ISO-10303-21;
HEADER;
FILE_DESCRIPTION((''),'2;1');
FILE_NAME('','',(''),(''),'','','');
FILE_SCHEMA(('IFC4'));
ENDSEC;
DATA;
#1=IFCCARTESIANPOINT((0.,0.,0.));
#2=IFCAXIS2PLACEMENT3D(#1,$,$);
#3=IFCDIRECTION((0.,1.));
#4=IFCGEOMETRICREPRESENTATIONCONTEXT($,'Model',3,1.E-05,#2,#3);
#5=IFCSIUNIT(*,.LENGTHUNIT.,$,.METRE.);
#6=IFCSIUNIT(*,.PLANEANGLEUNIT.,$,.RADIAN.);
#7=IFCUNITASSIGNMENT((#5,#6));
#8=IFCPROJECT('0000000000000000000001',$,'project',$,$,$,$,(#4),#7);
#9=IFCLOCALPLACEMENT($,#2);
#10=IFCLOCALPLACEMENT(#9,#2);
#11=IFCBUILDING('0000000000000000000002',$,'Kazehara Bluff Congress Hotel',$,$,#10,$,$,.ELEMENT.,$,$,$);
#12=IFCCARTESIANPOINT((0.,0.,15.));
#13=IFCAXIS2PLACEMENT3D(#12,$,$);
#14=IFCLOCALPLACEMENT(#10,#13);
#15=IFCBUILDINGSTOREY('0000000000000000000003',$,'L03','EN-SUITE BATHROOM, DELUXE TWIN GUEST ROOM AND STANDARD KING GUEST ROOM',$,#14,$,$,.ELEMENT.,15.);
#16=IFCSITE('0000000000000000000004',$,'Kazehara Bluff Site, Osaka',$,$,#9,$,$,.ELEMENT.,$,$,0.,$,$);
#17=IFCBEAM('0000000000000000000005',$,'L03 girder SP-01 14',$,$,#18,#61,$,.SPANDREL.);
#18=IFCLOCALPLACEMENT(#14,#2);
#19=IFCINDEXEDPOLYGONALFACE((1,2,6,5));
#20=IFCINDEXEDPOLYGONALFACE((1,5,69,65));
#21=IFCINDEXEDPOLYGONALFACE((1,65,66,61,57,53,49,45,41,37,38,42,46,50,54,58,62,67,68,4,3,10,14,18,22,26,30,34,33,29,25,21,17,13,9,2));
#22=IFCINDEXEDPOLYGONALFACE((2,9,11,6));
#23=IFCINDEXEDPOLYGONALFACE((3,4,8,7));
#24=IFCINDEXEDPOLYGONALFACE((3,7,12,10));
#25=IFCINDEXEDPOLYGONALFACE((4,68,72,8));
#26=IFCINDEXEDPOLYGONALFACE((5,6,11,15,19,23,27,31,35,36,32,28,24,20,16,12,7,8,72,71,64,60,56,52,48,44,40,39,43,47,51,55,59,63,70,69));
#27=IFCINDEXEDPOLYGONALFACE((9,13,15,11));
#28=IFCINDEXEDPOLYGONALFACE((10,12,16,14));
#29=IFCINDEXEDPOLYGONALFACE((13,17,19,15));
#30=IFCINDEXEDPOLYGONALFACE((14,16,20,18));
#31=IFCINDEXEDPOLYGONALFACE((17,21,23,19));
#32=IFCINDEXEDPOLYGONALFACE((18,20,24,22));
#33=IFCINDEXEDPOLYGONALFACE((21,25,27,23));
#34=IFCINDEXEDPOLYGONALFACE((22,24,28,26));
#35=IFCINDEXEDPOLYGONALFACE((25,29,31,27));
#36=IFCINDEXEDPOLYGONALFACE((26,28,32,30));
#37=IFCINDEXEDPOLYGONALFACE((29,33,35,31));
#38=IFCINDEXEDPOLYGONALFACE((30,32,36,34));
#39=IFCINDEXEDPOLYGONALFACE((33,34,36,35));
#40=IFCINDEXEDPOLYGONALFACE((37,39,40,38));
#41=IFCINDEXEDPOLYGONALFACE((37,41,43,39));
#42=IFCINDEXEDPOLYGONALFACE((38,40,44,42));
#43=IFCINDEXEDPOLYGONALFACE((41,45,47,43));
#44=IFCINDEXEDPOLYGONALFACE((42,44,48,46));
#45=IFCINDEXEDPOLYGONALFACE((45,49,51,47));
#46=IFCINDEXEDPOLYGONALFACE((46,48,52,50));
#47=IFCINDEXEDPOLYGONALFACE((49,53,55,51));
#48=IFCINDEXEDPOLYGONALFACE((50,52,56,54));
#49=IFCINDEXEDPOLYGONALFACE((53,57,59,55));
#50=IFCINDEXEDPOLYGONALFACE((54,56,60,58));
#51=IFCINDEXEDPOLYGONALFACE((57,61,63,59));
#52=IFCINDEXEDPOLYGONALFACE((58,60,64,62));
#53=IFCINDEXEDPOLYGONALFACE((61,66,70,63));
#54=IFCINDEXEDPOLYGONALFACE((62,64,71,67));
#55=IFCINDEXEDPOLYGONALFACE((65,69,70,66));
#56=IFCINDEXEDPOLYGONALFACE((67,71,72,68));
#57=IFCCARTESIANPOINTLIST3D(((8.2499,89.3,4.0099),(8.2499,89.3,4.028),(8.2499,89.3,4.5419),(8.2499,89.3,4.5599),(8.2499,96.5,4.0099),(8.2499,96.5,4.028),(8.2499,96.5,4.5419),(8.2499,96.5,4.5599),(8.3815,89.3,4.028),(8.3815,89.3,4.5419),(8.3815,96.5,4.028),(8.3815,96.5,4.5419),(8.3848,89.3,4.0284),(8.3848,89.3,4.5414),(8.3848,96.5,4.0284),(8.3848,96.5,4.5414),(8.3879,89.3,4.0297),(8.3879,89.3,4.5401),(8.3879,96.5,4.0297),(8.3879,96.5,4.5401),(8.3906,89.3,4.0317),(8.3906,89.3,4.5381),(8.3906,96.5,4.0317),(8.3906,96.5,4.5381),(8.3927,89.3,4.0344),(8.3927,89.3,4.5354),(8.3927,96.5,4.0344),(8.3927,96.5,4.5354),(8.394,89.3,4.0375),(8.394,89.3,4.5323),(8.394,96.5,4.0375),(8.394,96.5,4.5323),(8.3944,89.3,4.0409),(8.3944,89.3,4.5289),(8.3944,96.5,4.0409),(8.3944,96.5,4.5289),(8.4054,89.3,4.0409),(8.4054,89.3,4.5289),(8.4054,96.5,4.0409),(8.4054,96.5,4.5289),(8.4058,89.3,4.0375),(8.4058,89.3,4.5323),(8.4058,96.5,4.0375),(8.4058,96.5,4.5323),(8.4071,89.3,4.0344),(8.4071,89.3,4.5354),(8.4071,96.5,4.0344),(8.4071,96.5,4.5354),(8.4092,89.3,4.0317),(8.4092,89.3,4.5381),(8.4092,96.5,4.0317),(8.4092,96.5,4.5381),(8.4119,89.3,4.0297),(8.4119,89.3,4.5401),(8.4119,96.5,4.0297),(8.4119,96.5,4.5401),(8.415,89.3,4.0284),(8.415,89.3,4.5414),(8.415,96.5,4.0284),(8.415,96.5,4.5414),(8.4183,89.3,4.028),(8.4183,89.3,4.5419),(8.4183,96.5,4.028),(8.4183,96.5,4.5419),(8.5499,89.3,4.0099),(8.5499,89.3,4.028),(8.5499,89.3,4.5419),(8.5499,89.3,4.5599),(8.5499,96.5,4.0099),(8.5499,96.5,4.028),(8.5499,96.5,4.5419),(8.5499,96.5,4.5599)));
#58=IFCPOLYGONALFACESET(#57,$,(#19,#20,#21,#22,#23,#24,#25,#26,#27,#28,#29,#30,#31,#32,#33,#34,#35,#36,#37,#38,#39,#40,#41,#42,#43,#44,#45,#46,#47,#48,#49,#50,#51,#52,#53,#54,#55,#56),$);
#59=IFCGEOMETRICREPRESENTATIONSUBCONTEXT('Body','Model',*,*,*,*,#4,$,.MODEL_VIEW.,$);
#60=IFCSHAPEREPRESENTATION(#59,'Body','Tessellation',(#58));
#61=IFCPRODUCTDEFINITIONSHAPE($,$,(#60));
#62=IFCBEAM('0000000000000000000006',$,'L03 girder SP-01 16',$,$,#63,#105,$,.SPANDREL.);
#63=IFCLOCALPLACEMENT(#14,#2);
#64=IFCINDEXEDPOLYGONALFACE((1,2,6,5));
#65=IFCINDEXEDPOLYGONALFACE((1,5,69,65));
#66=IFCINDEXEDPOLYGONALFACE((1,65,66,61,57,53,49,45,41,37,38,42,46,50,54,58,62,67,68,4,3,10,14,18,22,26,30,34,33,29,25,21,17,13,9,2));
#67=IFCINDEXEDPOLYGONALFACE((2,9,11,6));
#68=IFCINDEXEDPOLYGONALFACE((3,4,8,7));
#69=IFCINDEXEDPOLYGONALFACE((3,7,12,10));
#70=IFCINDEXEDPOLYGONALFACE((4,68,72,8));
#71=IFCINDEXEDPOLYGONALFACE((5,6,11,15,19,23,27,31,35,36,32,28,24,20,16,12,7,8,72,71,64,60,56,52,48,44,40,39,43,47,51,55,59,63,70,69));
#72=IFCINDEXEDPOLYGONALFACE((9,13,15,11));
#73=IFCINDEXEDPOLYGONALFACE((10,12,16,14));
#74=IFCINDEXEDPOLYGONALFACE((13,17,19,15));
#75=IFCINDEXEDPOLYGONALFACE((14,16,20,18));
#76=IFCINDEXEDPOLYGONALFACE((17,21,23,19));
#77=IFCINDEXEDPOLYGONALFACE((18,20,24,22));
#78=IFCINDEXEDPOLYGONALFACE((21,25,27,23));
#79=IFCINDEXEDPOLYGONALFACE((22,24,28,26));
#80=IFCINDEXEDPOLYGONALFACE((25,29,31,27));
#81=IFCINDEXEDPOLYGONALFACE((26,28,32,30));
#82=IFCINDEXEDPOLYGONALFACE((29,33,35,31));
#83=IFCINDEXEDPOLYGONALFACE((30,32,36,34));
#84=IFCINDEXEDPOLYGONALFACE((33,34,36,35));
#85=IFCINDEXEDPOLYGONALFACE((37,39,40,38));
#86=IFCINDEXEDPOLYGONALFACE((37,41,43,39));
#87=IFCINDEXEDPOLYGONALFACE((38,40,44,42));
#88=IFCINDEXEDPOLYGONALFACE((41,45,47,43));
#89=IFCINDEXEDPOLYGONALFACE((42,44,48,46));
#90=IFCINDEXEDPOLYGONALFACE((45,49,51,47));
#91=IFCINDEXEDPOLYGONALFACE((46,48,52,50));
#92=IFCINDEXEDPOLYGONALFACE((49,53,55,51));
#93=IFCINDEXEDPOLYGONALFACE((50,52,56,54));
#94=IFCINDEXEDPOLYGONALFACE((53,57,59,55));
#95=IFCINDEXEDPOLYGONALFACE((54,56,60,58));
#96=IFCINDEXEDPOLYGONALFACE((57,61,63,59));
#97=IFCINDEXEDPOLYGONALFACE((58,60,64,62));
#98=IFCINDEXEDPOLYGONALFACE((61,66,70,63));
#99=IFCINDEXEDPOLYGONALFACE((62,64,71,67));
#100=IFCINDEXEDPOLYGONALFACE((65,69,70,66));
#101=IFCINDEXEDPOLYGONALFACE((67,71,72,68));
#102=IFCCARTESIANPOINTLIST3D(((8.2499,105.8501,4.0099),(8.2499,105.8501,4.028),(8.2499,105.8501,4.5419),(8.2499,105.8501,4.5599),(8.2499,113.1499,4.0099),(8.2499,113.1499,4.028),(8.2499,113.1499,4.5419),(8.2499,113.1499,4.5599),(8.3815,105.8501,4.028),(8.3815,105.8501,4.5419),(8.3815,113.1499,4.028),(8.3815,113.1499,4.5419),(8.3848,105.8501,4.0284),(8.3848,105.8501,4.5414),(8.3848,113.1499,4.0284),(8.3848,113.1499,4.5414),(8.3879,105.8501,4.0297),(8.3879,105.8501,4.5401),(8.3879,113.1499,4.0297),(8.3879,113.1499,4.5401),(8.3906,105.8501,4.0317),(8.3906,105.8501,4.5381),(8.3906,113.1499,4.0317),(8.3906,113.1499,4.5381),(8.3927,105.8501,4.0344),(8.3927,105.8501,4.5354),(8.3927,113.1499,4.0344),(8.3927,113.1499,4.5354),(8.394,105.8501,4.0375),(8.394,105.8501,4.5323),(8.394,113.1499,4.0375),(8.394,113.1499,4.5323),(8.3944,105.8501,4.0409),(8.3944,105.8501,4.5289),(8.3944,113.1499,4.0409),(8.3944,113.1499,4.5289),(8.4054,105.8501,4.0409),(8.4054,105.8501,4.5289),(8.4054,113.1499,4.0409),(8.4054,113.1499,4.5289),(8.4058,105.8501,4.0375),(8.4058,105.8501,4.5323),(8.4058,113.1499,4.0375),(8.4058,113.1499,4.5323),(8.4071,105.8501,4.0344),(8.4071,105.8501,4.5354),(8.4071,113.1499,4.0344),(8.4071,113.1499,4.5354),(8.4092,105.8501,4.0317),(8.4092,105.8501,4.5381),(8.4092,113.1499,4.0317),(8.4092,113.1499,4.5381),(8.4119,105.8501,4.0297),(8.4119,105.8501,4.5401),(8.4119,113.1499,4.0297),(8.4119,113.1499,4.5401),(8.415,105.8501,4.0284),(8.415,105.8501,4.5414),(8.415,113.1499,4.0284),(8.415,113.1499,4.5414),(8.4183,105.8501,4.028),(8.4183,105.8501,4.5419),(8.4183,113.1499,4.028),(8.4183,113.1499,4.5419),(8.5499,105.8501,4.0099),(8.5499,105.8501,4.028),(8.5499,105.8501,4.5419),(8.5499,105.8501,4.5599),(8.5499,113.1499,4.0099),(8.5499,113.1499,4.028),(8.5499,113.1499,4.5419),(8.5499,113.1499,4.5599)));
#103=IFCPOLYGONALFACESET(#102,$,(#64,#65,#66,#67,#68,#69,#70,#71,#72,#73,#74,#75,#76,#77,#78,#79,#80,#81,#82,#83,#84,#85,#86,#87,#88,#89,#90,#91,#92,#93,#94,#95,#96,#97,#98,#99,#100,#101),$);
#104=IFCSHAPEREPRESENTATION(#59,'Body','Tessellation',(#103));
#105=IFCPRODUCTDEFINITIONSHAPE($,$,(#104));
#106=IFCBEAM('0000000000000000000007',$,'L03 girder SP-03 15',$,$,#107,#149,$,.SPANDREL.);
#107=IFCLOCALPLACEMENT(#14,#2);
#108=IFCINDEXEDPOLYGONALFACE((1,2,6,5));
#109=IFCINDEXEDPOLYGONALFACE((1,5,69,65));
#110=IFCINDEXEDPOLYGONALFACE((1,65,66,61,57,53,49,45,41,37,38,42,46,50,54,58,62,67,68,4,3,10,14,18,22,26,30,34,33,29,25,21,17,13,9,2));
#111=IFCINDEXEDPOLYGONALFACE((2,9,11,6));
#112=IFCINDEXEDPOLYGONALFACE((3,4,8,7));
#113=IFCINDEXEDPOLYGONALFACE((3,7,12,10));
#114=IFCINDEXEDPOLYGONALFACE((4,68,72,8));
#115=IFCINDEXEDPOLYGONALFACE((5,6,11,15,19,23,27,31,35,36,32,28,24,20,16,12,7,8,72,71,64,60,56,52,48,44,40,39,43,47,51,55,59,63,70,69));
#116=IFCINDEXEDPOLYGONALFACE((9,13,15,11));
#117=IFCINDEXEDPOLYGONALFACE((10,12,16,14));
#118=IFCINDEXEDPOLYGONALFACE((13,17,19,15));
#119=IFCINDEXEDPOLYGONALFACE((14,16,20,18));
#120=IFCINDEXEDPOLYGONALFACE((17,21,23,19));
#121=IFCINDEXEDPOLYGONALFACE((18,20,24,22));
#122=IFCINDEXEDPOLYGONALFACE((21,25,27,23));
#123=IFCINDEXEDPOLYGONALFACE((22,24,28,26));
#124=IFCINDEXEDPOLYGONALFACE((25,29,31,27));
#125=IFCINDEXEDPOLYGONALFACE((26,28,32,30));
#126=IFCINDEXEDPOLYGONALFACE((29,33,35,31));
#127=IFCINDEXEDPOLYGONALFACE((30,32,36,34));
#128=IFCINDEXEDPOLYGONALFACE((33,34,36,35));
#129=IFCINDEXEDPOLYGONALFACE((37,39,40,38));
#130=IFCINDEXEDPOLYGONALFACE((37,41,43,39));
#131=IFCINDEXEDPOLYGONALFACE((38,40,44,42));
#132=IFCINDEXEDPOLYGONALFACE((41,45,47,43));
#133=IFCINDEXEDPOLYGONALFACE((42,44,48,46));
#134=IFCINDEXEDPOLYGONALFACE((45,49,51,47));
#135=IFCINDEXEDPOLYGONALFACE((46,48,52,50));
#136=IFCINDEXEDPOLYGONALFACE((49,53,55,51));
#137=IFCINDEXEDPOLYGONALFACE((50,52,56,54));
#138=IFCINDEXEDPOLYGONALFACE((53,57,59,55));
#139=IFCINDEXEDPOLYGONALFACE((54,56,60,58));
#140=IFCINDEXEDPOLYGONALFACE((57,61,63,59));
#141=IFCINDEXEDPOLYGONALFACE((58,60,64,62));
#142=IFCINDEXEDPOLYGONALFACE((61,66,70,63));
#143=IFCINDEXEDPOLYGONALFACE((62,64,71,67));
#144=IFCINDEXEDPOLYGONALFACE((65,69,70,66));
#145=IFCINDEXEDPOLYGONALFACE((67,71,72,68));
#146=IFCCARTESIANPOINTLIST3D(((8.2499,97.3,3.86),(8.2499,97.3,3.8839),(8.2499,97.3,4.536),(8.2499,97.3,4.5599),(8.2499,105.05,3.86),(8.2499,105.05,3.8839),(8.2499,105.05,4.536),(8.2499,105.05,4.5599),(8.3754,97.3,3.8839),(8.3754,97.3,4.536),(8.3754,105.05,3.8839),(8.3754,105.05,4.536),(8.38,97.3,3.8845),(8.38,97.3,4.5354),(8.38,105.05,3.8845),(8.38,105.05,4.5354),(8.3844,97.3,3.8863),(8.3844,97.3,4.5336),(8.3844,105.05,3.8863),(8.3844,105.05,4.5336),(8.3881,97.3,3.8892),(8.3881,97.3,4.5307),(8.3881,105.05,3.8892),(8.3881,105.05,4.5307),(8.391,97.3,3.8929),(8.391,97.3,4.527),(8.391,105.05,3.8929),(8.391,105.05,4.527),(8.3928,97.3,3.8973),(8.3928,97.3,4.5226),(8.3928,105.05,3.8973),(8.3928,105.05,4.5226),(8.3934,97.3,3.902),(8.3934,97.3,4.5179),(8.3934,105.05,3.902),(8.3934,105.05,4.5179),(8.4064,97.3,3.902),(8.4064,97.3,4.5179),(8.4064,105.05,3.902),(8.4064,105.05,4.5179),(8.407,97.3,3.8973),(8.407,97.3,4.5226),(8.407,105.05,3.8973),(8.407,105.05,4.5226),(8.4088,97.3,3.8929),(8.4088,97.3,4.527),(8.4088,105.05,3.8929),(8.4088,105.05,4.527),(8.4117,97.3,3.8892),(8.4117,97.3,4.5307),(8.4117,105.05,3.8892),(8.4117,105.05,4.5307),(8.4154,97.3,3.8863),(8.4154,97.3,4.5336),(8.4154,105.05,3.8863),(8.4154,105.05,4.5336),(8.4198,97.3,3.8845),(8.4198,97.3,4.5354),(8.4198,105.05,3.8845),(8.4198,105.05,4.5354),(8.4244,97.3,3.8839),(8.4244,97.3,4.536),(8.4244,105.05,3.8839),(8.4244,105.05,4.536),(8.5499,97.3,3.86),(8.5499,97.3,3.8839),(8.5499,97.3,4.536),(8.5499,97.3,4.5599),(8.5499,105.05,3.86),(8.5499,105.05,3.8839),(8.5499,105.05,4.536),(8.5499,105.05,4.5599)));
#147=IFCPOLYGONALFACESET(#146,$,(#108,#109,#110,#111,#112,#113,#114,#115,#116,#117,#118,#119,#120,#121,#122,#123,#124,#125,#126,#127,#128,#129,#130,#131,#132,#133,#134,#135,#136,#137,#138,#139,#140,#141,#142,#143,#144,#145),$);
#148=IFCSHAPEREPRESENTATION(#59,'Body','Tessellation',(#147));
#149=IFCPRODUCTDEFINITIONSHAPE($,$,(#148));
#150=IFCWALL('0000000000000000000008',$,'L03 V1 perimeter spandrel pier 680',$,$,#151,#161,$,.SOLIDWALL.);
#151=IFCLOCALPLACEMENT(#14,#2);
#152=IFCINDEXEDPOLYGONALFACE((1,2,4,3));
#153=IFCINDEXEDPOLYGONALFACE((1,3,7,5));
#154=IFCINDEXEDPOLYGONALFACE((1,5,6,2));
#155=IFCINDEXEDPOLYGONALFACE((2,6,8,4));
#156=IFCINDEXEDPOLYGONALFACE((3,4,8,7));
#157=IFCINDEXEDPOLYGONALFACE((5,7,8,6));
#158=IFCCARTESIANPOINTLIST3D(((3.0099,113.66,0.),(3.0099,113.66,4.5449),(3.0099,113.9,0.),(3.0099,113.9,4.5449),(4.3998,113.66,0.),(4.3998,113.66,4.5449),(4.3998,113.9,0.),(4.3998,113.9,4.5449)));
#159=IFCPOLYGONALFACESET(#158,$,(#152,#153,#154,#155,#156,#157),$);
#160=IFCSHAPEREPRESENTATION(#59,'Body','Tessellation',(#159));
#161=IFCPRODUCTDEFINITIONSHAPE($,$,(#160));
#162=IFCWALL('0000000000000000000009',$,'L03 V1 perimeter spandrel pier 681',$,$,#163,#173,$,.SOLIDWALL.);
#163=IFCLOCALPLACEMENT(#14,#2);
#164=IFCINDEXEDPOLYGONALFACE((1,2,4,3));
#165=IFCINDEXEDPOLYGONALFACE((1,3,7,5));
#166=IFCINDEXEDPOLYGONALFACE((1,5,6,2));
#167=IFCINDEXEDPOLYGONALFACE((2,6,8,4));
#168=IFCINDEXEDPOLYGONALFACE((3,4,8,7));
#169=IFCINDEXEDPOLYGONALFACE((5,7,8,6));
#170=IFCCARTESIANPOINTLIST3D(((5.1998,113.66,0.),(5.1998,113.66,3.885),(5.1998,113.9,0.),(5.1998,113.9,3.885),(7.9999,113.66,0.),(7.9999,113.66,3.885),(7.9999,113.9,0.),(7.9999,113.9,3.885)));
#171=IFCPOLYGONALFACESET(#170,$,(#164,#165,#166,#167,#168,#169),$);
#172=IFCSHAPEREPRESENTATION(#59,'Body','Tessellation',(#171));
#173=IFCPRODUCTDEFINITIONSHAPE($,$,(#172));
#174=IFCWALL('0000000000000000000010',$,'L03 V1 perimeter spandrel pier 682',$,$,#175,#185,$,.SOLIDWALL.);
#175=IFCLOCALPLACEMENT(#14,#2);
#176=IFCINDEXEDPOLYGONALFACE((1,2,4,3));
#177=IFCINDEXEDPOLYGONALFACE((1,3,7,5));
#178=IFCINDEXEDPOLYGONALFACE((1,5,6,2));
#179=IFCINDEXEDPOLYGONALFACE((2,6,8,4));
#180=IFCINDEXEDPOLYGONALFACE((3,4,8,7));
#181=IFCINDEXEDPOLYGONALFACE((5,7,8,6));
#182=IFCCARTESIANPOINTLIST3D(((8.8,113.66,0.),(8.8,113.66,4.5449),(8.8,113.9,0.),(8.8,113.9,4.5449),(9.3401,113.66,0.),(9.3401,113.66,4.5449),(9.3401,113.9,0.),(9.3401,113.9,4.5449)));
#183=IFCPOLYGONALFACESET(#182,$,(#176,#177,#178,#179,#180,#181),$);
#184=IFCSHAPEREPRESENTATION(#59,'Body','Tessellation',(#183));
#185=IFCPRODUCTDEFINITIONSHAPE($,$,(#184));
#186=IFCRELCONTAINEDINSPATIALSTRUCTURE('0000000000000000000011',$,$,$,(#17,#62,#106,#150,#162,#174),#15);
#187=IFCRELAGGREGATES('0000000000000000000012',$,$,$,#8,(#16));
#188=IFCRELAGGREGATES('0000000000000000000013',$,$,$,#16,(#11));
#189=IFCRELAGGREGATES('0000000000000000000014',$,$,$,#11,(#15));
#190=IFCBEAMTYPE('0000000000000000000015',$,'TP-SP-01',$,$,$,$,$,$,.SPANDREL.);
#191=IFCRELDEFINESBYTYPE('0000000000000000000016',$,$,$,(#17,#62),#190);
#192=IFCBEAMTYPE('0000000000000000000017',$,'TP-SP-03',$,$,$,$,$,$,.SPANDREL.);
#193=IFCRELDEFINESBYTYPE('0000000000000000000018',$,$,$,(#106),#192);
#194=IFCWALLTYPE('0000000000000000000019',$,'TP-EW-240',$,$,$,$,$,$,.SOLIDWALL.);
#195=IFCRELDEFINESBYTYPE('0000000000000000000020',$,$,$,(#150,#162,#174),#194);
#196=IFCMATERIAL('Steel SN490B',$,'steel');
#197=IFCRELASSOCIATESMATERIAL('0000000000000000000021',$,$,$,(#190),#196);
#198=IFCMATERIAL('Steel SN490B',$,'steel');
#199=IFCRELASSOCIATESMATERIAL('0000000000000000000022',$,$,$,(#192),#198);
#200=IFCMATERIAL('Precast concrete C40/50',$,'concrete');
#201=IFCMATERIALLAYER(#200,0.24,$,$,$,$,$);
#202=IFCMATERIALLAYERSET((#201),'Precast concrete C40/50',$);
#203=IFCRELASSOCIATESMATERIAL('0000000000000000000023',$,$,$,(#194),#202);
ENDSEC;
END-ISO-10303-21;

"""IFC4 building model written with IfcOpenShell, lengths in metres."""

from ifc_helpers import new_model, si_unit, direction, frame, frame_2d, origin, origin_2d, place, context, subcontext, project, spatial, rectangle, i_section, extrude, material, layer, layer_set, material_profile, profile_set, type_object, element, save


model = new_model("IFC4")

# Units and contexts
model_context = context("Model", 3, precision=1e-05, world=origin(), true_north=direction((0.0, 1.0)))
body_context = subcontext(model_context, "Body", "Model", "MODEL_VIEW")
ifc_project = project(units=[si_unit("LENGTHUNIT", "METRE"), si_unit("PLANEANGLEUNIT", "RADIAN")], contexts=[model_context])

# Site, building, storey
site_placement = place(None, origin())
site = spatial("IfcSite", under=ifc_project, at=site_placement, Name="Kazehara Bluff Site, Osaka", CompositionType="ELEMENT", RefElevation=0.0)
building_placement = place(site_placement, origin())
building = spatial("IfcBuilding", under=site, at=building_placement, Name="Kazehara Bluff Congress Hotel", CompositionType="ELEMENT")
storey_placement = place(building_placement, frame((0.0, 0.0, 15.0)))
storey = spatial("IfcBuildingStorey", under=building, at=storey_placement, Name="L03", Description="EN-SUITE BATHROOM, DELUXE TWIN GUEST ROOM AND STANDARD KING GUEST ROOM", CompositionType="ELEMENT", Elevation=15.0)

# Beams
ifc_material_1 = material(Name="Steel SN490B", Category="steel")
ifc_material_profile_1 = material_profile(ifc_material_1, i_section(OverallWidth=0.3, OverallDepth=0.55, WebThickness=0.011, FlangeThickness=0.0181, FilletRadius=0.0129, at=origin_2d()))
ifc_profile_set_1 = profile_set([ifc_material_profile_1], Name="Steel SN490B")
beam_type_1 = type_object("IfcBeamType", Name="TP-SP-01", PredefinedType="SPANDREL", material=ifc_profile_set_1)
for number, where, z_axis, x_axis, name in (
    (1, (8.3999, 89.3, 4.2849), (0.0, 1.0, 0.0), (-1.0, 0.0, 0.0), "L03 girder SP-01 14"),
):
    element("IfcBeam", number, at=place(storey_placement, frame(where, z_axis=z_axis, x_axis=x_axis)), inside=storey, type_object=beam_type_1, Name=name, PredefinedType="SPANDREL", context=body_context, shape_type="SweptSolid", body=[
        extrude(i_section(OverallWidth=0.3, OverallDepth=0.55, WebThickness=0.011, FlangeThickness=0.0181, FilletRadius=0.0129, at=origin_2d()), origin(), (0.0, 0.0, 1.0), 7.2),
    ])
beam_1_placement = place(storey_placement, frame((8.3999, 105.8501, 4.2849), z_axis=(0.0, 1.0, 0.0), x_axis=(-1.0, 0.0, 0.0)))
element("IfcBeam", 2, at=beam_1_placement, inside=storey, type_object=beam_type_1, Name="L03 girder SP-01 16", PredefinedType="SPANDREL", context=body_context, shape_type="SweptSolid", body=[
    extrude(i_section(OverallWidth=0.3, OverallDepth=0.55, WebThickness=0.011, FlangeThickness=0.0181, FilletRadius=0.0129, at=origin_2d()), origin(), (0.0, 0.0, 1.0), 7.2998),
])
ifc_material_2 = material(Name="Steel SN490B", Category="steel")
ifc_material_profile_2 = material_profile(ifc_material_2, i_section(OverallWidth=0.3, OverallDepth=0.7, WebThickness=0.0129, FlangeThickness=0.0239, FilletRadius=0.0181, at=origin_2d()))
ifc_profile_set_2 = profile_set([ifc_material_profile_2], Name="Steel SN490B")
beam_type_2 = type_object("IfcBeamType", Name="TP-SP-03", PredefinedType="SPANDREL", material=ifc_profile_set_2)
beam_2_placement = place(storey_placement, frame((8.3999, 97.3, 4.21), z_axis=(0.0, 1.0, 0.0), x_axis=(-1.0, 0.0, 0.0)))
element("IfcBeam", 3, at=beam_2_placement, inside=storey, type_object=beam_type_2, Name="L03 girder SP-03 15", PredefinedType="SPANDREL", context=body_context, shape_type="SweptSolid", body=[
    extrude(i_section(OverallWidth=0.3, OverallDepth=0.7, WebThickness=0.0129, FlangeThickness=0.0239, FilletRadius=0.0181, at=origin_2d()), origin(), (0.0, 0.0, 1.0), 7.75),
])

# Walls
ifc_material_3 = material(Name="Precast concrete C40/50", Category="concrete")
ifc_layer_1 = layer(ifc_material_3, 0.24)
ifc_layer_set_1 = layer_set([ifc_layer_1], Name="Precast concrete C40/50")
wall_type = type_object("IfcWallType", Name="TP-EW-240", PredefinedType="SOLIDWALL", material=ifc_layer_set_1)
wall_1_placement = place(storey_placement, frame((3.01, 113.78, 0.0), z_axis=(0.0, 0.0, 1.0), x_axis=(1.0, 0.0, 0.0)))
element("IfcWall", 4, at=wall_1_placement, inside=storey, type_object=wall_type, Name="L03 V1 perimeter spandrel pier 680", PredefinedType="SOLIDWALL", context=body_context, shape_type="SweptSolid", body=[
    extrude(rectangle(XDim=1.3899, YDim=0.24, at=frame_2d((0.6948, 0.0))), origin(), (0.0, 0.0, 1.0), 4.5449),
])
wall_2_placement = place(storey_placement, frame((5.2, 113.78, 0.0), z_axis=(0.0, 0.0, 1.0), x_axis=(1.0, 0.0, 0.0)))
element("IfcWall", 5, at=wall_2_placement, inside=storey, type_object=wall_type, Name="L03 V1 perimeter spandrel pier 681", PredefinedType="SOLIDWALL", context=body_context, shape_type="SweptSolid", body=[
    extrude(rectangle(XDim=2.8, YDim=0.24, at=frame_2d((1.3999, 0.0))), origin(), (0.0, 0.0, 1.0), 3.885),
])
wall_3_placement = place(storey_placement, frame((8.8, 113.78, 0.0), z_axis=(0.0, 0.0, 1.0), x_axis=(1.0, 0.0, 0.0)))
element("IfcWall", 6, at=wall_3_placement, inside=storey, type_object=wall_type, Name="L03 V1 perimeter spandrel pier 682", PredefinedType="SOLIDWALL", context=body_context, shape_type="SweptSolid", body=[
    extrude(rectangle(XDim=0.54, YDim=0.24, at=frame_2d((0.27, 0.0))), origin(), (0.0, 0.0, 1.0), 4.5449),
])

save(model, "model.ifc")
